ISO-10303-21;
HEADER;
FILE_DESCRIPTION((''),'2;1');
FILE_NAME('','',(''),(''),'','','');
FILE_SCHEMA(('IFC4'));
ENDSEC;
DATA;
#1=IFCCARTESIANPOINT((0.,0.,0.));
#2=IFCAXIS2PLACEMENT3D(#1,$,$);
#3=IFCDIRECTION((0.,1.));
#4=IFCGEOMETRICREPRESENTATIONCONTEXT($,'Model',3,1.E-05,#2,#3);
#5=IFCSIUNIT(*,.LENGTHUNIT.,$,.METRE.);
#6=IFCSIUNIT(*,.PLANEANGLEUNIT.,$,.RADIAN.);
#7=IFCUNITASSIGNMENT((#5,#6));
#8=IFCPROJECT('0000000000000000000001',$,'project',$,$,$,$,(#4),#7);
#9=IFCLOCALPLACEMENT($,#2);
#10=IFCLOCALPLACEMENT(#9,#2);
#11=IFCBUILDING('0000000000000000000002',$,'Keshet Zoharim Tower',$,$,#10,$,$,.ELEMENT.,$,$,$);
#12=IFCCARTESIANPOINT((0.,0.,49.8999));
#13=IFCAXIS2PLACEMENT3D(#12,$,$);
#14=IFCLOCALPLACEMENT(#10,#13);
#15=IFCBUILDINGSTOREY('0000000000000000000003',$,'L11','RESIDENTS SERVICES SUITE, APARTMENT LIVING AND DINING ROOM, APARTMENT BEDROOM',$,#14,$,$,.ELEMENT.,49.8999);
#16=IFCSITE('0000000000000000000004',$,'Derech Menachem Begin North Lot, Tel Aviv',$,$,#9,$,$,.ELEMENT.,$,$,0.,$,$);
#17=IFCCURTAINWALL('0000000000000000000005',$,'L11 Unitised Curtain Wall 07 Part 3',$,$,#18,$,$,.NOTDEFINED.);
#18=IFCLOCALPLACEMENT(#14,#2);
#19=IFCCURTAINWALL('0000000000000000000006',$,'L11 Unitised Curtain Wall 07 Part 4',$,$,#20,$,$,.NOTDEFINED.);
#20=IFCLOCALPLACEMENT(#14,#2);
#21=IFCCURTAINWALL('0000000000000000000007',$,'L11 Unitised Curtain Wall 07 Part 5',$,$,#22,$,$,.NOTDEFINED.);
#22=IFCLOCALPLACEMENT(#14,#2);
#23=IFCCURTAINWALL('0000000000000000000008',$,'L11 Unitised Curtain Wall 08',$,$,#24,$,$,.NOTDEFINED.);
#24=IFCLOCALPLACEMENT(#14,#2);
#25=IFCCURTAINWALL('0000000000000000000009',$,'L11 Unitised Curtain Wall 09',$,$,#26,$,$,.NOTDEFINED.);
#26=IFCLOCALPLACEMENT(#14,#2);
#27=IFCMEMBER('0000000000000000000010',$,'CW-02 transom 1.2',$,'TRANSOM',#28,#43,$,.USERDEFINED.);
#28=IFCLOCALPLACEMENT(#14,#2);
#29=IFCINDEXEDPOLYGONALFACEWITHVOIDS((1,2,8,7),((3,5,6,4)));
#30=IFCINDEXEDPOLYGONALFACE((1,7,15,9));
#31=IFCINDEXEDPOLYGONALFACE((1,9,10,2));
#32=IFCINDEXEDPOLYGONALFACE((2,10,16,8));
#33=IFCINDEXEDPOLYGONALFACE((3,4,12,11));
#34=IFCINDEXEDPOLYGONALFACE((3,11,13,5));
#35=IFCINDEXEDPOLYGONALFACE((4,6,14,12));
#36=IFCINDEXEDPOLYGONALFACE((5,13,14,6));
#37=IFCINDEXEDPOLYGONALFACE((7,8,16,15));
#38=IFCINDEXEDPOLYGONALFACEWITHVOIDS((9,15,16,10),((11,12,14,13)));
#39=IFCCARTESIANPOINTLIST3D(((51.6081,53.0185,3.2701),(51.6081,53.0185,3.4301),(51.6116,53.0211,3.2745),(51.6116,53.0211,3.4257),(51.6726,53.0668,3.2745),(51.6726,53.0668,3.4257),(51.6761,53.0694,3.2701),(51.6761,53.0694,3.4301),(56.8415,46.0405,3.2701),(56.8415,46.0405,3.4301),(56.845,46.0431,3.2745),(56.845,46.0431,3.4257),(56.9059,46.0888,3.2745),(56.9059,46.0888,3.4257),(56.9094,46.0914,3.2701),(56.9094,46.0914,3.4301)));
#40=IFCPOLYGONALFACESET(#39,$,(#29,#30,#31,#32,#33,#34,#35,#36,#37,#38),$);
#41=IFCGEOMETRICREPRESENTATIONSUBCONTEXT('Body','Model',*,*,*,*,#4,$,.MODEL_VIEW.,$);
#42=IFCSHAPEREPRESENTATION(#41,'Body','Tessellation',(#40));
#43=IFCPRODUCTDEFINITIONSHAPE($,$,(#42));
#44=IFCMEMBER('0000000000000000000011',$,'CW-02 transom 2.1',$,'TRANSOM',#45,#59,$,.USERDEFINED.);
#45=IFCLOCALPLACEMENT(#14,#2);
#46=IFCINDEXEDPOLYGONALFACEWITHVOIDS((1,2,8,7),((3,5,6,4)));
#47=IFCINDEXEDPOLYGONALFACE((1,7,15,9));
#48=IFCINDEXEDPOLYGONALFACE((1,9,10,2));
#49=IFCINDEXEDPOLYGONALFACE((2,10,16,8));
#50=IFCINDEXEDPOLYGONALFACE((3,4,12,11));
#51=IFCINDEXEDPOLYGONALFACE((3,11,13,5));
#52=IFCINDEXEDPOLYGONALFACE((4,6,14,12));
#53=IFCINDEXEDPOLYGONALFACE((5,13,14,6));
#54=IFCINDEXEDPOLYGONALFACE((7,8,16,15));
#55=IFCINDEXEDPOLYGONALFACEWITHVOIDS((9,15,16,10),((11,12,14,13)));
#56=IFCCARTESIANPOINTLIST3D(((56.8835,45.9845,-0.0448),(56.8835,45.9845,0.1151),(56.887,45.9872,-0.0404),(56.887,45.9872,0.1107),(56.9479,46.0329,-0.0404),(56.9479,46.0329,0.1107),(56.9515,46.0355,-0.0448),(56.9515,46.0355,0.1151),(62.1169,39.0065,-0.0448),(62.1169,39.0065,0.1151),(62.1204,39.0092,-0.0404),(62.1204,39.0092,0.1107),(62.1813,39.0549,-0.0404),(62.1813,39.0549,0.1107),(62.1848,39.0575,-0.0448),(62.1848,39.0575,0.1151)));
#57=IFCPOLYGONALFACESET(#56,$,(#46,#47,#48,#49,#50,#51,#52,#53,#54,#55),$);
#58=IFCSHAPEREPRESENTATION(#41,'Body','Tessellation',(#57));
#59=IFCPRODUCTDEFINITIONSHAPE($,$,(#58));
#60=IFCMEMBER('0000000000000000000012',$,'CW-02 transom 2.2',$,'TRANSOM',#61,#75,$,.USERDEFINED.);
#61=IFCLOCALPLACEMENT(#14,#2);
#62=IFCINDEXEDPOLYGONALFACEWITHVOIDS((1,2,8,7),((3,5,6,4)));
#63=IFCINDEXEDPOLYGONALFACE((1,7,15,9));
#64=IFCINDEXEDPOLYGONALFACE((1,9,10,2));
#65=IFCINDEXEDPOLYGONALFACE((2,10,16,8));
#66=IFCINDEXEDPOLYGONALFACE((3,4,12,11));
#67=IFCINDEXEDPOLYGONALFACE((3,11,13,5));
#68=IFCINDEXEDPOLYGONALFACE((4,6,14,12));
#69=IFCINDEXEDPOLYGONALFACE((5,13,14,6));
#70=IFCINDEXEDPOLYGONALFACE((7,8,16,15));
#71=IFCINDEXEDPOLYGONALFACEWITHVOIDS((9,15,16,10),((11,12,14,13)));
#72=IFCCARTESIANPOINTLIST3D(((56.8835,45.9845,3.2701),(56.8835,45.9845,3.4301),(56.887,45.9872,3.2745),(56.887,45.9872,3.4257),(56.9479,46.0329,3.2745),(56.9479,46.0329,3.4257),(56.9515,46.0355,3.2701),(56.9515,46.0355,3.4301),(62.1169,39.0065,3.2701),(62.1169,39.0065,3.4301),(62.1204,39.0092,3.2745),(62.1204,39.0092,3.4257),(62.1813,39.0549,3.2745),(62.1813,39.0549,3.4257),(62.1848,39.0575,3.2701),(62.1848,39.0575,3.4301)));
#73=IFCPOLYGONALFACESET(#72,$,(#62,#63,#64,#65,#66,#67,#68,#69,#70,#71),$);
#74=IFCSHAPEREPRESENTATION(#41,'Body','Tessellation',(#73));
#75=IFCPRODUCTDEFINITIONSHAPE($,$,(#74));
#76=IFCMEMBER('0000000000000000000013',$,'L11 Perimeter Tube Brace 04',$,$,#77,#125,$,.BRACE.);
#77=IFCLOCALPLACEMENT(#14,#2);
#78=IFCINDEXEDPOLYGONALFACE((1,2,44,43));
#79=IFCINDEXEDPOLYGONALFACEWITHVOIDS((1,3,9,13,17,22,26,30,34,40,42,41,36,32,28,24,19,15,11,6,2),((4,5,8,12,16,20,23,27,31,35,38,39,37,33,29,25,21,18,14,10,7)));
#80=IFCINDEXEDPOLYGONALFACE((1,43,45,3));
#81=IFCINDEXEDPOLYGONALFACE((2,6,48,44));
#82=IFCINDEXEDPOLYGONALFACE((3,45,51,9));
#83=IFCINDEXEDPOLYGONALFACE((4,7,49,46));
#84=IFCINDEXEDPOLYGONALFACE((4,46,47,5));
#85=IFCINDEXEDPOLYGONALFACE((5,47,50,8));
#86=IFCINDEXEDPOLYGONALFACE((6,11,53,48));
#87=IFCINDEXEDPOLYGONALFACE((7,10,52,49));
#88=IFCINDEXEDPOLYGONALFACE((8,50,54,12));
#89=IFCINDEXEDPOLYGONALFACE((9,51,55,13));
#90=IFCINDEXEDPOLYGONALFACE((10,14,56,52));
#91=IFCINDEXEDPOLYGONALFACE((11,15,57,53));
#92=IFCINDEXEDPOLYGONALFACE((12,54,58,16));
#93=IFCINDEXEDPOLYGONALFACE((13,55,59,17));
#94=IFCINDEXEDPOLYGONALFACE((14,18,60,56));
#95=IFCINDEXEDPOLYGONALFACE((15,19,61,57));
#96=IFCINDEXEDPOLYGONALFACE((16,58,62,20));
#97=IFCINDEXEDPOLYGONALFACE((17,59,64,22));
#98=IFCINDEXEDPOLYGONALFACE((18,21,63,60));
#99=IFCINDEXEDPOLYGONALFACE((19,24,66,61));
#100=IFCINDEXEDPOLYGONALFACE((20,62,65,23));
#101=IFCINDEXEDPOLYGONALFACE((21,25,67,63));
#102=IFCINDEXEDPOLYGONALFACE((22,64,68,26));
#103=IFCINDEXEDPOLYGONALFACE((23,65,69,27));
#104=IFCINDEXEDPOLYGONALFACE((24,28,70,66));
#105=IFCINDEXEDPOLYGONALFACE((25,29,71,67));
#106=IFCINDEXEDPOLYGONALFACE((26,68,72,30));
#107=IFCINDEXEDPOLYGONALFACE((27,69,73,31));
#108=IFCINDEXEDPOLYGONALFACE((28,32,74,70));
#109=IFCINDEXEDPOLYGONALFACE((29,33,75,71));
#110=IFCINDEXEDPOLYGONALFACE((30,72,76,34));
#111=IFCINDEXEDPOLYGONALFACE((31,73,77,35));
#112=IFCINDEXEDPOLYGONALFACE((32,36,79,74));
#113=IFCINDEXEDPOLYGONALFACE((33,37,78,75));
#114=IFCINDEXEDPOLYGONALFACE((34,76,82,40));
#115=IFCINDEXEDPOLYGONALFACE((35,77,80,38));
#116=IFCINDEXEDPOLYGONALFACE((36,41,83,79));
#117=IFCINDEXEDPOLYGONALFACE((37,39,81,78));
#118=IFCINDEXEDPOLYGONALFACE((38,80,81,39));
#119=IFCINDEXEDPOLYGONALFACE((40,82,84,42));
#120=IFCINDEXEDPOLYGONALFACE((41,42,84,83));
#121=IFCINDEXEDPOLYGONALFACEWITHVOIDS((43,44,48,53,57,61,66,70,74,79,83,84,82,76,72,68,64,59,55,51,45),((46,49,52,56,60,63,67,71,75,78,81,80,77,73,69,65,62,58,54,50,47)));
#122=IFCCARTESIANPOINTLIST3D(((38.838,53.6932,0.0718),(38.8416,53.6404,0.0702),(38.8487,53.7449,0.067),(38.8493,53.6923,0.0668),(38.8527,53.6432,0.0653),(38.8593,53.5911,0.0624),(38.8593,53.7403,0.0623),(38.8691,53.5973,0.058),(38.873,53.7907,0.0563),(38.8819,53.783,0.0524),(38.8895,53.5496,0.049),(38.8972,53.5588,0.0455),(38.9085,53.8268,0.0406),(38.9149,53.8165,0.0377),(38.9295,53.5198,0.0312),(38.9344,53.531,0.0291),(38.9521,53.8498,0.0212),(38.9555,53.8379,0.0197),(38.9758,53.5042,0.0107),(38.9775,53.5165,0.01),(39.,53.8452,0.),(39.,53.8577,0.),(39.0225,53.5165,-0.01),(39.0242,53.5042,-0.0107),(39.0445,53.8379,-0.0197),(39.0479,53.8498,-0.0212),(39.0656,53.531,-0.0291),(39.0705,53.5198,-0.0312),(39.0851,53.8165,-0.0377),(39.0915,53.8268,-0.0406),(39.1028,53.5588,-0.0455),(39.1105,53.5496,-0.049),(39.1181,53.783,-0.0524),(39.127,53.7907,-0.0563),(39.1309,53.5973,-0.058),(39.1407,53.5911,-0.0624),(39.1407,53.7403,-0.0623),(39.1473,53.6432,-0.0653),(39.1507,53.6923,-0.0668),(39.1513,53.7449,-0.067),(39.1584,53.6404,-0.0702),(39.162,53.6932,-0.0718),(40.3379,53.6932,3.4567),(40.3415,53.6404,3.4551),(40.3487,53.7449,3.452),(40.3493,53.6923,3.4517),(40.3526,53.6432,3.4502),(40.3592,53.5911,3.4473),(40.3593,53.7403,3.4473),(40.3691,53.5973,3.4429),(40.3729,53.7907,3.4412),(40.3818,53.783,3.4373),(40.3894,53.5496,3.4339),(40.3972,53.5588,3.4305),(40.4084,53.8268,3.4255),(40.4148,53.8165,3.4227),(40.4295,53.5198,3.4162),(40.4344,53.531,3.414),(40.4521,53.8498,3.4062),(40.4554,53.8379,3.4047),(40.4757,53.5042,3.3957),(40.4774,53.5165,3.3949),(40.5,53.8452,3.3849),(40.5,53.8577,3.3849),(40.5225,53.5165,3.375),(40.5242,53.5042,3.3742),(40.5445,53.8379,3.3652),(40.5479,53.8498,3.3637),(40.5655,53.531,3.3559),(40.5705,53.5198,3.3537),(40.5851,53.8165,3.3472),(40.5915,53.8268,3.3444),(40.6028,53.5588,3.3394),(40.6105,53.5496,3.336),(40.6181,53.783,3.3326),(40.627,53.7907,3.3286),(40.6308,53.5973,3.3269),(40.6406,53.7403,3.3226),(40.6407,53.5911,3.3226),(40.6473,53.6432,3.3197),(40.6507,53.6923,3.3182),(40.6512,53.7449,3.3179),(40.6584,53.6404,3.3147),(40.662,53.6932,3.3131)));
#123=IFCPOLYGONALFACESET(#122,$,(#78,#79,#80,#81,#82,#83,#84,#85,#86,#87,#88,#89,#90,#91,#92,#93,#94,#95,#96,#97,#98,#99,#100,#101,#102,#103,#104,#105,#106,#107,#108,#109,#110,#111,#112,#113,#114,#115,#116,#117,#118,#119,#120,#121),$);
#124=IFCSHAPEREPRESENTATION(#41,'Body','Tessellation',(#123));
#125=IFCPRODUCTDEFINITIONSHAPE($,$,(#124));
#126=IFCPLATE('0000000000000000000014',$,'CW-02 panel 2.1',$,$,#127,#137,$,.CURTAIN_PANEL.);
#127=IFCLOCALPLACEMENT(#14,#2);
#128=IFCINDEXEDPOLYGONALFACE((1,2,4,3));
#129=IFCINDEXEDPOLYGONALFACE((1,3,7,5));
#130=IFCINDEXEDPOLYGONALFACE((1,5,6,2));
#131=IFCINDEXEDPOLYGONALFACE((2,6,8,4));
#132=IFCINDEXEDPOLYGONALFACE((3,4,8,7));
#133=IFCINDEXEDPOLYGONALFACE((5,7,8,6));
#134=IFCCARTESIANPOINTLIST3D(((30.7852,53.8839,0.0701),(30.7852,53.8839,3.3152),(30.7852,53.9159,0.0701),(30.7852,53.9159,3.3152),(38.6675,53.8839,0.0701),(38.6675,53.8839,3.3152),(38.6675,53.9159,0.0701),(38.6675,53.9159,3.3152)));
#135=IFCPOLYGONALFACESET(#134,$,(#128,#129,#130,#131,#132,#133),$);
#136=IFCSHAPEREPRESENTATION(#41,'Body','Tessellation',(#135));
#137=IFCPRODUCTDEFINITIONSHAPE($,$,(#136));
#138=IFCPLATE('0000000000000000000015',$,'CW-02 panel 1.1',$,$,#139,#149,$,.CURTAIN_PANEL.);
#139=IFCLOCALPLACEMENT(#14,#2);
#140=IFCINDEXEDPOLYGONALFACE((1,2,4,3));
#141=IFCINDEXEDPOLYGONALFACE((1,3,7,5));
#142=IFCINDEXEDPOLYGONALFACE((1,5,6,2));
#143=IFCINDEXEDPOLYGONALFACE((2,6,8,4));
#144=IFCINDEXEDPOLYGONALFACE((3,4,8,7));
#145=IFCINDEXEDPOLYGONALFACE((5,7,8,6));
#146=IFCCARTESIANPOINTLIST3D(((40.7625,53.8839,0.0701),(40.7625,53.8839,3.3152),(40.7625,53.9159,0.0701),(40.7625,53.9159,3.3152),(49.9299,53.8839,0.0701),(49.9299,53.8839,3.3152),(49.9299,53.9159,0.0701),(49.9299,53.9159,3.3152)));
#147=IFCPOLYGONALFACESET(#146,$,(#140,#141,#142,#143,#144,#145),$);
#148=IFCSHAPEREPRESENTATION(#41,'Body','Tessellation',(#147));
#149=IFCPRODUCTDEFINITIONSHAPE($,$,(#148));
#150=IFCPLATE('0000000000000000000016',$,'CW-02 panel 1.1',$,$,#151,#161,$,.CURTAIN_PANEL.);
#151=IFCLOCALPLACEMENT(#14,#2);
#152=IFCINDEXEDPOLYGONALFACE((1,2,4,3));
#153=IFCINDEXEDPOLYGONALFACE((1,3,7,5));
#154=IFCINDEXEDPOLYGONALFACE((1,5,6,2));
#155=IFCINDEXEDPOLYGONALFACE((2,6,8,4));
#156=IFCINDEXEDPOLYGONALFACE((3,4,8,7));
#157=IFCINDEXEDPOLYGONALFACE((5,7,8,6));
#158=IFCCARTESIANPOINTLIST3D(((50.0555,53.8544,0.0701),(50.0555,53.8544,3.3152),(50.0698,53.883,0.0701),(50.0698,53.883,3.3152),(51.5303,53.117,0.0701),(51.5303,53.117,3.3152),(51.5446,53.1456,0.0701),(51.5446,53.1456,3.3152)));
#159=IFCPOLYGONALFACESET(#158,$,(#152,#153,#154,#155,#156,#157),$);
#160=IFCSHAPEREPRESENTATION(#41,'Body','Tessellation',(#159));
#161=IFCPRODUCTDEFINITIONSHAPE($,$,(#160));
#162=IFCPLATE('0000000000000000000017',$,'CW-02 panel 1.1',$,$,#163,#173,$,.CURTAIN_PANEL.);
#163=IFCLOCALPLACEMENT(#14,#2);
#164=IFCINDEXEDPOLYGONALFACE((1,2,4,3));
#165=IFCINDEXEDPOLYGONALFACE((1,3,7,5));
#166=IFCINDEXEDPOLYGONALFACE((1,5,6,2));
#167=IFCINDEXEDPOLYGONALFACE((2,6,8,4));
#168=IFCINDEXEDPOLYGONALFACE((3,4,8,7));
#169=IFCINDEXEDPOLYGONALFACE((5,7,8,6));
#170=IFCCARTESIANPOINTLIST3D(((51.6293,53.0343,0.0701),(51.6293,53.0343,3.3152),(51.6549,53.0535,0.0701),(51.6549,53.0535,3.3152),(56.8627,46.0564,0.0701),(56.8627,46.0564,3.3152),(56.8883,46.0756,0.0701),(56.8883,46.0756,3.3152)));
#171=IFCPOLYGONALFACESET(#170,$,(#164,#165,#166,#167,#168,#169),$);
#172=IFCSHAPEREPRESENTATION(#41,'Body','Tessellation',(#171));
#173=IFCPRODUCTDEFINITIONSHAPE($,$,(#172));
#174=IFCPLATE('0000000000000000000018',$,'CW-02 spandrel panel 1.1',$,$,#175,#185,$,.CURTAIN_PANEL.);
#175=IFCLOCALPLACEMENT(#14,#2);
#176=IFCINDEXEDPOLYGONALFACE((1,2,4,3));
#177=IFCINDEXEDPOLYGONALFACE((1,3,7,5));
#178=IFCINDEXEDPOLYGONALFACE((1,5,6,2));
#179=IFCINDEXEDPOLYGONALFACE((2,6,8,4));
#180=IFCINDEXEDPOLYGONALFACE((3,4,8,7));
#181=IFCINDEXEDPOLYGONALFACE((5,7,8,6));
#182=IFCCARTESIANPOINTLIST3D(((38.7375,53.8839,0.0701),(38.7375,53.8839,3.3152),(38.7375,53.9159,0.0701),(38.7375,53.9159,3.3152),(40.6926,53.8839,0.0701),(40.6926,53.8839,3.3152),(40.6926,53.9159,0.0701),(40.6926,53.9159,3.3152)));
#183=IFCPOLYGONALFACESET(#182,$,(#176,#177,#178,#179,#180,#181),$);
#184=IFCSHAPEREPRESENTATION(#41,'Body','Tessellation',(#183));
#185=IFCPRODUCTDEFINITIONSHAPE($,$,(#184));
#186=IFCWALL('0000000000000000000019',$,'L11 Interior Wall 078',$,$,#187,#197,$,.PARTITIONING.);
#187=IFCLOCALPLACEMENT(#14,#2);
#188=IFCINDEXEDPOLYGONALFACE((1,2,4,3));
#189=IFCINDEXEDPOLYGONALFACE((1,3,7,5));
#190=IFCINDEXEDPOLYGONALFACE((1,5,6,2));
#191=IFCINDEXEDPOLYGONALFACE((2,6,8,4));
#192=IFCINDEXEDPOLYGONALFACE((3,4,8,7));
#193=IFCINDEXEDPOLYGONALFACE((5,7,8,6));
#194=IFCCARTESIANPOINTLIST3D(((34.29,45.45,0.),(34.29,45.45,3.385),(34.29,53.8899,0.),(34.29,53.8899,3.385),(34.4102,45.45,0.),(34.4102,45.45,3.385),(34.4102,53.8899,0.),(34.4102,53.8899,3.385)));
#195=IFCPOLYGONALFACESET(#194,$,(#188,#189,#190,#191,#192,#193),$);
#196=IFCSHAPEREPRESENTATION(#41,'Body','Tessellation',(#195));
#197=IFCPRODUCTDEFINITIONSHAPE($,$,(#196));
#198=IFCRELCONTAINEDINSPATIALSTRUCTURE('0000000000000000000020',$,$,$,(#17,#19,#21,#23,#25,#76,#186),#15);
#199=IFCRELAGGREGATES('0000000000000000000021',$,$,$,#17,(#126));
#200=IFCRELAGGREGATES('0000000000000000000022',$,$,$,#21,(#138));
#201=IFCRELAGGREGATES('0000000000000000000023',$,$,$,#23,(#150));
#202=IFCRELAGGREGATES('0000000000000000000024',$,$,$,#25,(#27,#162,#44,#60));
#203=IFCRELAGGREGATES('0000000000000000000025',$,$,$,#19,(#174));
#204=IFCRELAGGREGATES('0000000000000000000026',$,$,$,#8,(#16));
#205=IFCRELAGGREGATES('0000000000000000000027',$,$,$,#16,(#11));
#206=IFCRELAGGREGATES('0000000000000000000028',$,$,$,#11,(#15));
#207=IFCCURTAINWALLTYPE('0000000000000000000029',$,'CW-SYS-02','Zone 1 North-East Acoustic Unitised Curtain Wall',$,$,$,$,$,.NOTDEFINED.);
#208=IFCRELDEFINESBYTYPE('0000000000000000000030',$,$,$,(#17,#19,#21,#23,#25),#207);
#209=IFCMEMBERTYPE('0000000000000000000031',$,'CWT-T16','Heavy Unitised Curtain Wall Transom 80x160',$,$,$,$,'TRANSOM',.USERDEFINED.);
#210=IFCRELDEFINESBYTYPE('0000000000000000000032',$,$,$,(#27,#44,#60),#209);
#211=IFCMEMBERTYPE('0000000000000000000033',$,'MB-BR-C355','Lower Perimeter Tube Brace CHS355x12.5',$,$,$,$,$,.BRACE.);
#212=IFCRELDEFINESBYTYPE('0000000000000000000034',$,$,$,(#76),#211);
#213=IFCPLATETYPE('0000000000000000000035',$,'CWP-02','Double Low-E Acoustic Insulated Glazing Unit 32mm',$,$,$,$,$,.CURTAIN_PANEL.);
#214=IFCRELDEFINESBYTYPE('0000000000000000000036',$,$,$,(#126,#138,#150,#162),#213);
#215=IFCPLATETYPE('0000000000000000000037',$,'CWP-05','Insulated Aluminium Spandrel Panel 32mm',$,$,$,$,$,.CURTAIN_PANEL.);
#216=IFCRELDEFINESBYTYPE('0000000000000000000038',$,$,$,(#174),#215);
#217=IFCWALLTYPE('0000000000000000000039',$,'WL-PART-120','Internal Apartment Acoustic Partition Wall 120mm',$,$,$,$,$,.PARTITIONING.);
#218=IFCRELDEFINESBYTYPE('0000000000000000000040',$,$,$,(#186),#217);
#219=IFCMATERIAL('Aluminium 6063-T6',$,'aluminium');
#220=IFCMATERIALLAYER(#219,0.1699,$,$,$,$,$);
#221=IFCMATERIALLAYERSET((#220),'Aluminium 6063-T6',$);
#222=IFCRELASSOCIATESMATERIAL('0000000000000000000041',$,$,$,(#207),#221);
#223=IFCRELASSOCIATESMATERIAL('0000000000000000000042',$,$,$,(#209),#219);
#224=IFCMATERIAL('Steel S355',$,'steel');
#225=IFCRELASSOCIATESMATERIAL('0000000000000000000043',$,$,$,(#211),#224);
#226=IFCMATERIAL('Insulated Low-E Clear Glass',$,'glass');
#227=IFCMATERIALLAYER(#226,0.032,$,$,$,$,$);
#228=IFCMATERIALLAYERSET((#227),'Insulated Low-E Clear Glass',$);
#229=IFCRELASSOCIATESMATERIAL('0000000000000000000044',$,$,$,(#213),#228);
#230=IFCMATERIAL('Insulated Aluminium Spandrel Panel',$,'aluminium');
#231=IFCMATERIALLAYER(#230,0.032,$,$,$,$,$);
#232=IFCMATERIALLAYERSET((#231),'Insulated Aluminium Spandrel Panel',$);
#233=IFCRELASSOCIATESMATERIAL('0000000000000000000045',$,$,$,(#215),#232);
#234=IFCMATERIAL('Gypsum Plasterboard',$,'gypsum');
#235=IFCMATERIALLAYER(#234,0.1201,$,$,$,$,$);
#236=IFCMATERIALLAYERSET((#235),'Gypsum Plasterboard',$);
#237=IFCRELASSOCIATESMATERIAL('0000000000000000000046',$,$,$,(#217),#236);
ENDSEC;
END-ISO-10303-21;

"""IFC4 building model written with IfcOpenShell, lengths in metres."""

from ifc_helpers import new_model, si_unit, direction, frame, frame_2d, origin, origin_2d, place, context, subcontext, project, spatial, rectangle, hollow_rectangle, hollow_circle, extrude, material, layer, layer_set, material_profile, profile_set, type_object, element, aggregate, save


model = new_model("IFC4")

# Units and contexts
model_context = context("Model", 3, precision=1e-05, world=origin(), true_north=direction((0.0, 1.0)))
body_context = subcontext(model_context, "Body", "Model", "MODEL_VIEW")
ifc_project = project(units=[si_unit("LENGTHUNIT", "METRE"), si_unit("PLANEANGLEUNIT", "RADIAN")], contexts=[model_context])

# Site, building, storey
site_placement = place(None, origin())
site = spatial("IfcSite", under=ifc_project, at=site_placement, Name="Derech Menachem Begin North Lot, Tel Aviv", CompositionType="ELEMENT", RefElevation=0.0)
building_placement = place(site_placement, origin())
building = spatial("IfcBuilding", under=site, at=building_placement, Name="Keshet Zoharim Tower", CompositionType="ELEMENT")
storey_placement = place(building_placement, frame((0.0, 0.0, 49.8999)))
storey = spatial("IfcBuildingStorey", under=building, at=storey_placement, Name="L11", Description="RESIDENTS SERVICES SUITE, APARTMENT LIVING AND DINING ROOM, APARTMENT BEDROOM", CompositionType="ELEMENT", Elevation=49.8999)

# Shared definitions
ifc_material_1 = material(Name="Steel S355", Category="steel")

# Curtain walls
ifc_material_2 = material(Name="Aluminium 6063-T6", Category="aluminium")
ifc_layer_1 = layer(ifc_material_2, 0.1699)
ifc_layer_set_1 = layer_set([ifc_layer_1], Name="Aluminium 6063-T6")
curtain_wall_type = type_object("IfcCurtainWallType", Name="CW-SYS-02", Description="Zone 1 North-East Acoustic Unitised Curtain Wall", PredefinedType="NOTDEFINED", material=ifc_layer_set_1)
curtain_wall_1_placement = place(storey_placement, origin())
curtain_wall_1 = element("IfcCurtainWall", 1, at=curtain_wall_1_placement, inside=storey, type_object=curtain_wall_type, Name="L11 Unitised Curtain Wall 07 Part 3", PredefinedType="NOTDEFINED")
curtain_wall_2_placement = place(storey_placement, origin())
curtain_wall_2 = element("IfcCurtainWall", 2, at=curtain_wall_2_placement, inside=storey, type_object=curtain_wall_type, Name="L11 Unitised Curtain Wall 07 Part 4", PredefinedType="NOTDEFINED")
curtain_wall_3_placement = place(storey_placement, origin())
curtain_wall_3 = element("IfcCurtainWall", 3, at=curtain_wall_3_placement, inside=storey, type_object=curtain_wall_type, Name="L11 Unitised Curtain Wall 07 Part 5", PredefinedType="NOTDEFINED")

# Curtain walls
curtain_wall_4_placement = place(storey_placement, origin())
curtain_wall_4 = element("IfcCurtainWall", 4, at=curtain_wall_4_placement, inside=storey, type_object=curtain_wall_type, Name="L11 Unitised Curtain Wall 08", PredefinedType="NOTDEFINED")
curtain_wall_5_placement = place(storey_placement, origin())
curtain_wall_5 = element("IfcCurtainWall", 5, at=curtain_wall_5_placement, inside=storey, type_object=curtain_wall_type, Name="L11 Unitised Curtain Wall 09", PredefinedType="NOTDEFINED")

# Members
ifc_material_profile_1 = material_profile(ifc_material_2, hollow_rectangle(XDim=0.085, YDim=0.1599, WallThickness=0.0044, at=origin_2d()), Name="TRN-85x160")
ifc_profile_set_1 = profile_set([ifc_material_profile_1], Name="Aluminium 6063-T6")
member_type_1 = type_object("IfcMemberType", Name="CWT-T16", Description="Heavy Unitised Curtain Wall Transom 80x160", ElementType="TRANSOM", PredefinedType="USERDEFINED", material=ifc_profile_set_1)
member_1_placement = place(storey_placement, frame((51.6421, 53.0439, 3.3501), z_axis=(0.599991, -0.800007, 0.0), x_axis=(0.800007, 0.599991, 0.0)))
member_1 = element("IfcMember", 6, at=member_1_placement, type_object=member_type_1, Name="CW-02 transom 1.2", ObjectType="TRANSOM", PredefinedType="USERDEFINED", context=body_context, shape_type="SweptSolid", body=[
    extrude(hollow_rectangle(XDim=0.085, YDim=0.1599, WallThickness=0.0044, at=origin_2d()), origin(), (0.0, 0.0, 1.0), 8.7224),
])
member_2_placement = place(storey_placement, frame((56.9175, 46.01, 0.0352), z_axis=(0.599991, -0.800007, 0.0), x_axis=(0.800007, 0.599991, 0.0)))
member_2 = element("IfcMember", 7, at=member_2_placement, type_object=member_type_1, Name="CW-02 transom 2.1", ObjectType="TRANSOM", PredefinedType="USERDEFINED", context=body_context, shape_type="SweptSolid", body=[
    extrude(hollow_rectangle(XDim=0.085, YDim=0.1599, WallThickness=0.0044, at=origin_2d()), origin(), (0.0, 0.0, 1.0), 8.7224),
])
member_3_placement = place(storey_placement, frame((56.9175, 46.01, 3.3501), z_axis=(0.599991, -0.800007, 0.0), x_axis=(0.800007, 0.599991, 0.0)))
member_3 = element("IfcMember", 8, at=member_3_placement, type_object=member_type_1, Name="CW-02 transom 2.2", ObjectType="TRANSOM", PredefinedType="USERDEFINED", context=body_context, shape_type="SweptSolid", body=[
    extrude(hollow_rectangle(XDim=0.085, YDim=0.1599, WallThickness=0.0044, at=origin_2d()), origin(), (0.0, 0.0, 1.0), 8.7224),
])
ifc_material_profile_2 = material_profile(ifc_material_1, hollow_circle(Radius=0.1777, WallThickness=0.0125, at=origin_2d()), Name="CHS355x12.5")
ifc_profile_set_2 = profile_set([ifc_material_profile_2], Name="Steel S355")
member_type_2 = type_object("IfcMemberType", Name="MB-BR-C355", Description="Lower Perimeter Tube Brace CHS355x12.5", PredefinedType="BRACE", material=ifc_profile_set_2)
member_4_placement = place(storey_placement, frame((39.0, 53.6799, 0.0), z_axis=(0.405135, 0.0, 0.914257), x_axis=(0.0, 1.0, 0.0)))
element("IfcMember", 9, at=member_4_placement, inside=storey, type_object=member_type_2, Name="L11 Perimeter Tube Brace 04", PredefinedType="BRACE", context=body_context, shape_type="SweptSolid", body=[
    extrude(hollow_circle(Radius=0.1777, WallThickness=0.0125, at=origin_2d()), origin(), (0.0, 0.0, 1.0), 3.7024),
])

# Plates
ifc_material_3 = material(Name="Insulated Low-E Clear Glass", Category="glass")
ifc_layer_2 = layer(ifc_material_3, 0.032)
ifc_layer_set_2 = layer_set([ifc_layer_2], Name="Insulated Low-E Clear Glass")
plate_type_1 = type_object("IfcPlateType", Name="CWP-02", Description="Double Low-E Acoustic Insulated Glazing Unit 32mm", PredefinedType="CURTAIN_PANEL", material=ifc_layer_set_2)
plate_1_placement = place(storey_placement, frame((34.7263, 53.8999, 0.0701), z_axis=(0.0, 0.0, 1.0), x_axis=(1.0, 0.0, 0.0)))
plate_1 = element("IfcPlate", 10, at=plate_1_placement, type_object=plate_type_1, Name="CW-02 panel 2.1", PredefinedType="CURTAIN_PANEL", context=body_context, shape_type="SweptSolid", body=[
    extrude(rectangle(XDim=7.8823, YDim=0.032, at=origin_2d()), origin(), (0.0, 0.0, 1.0), 3.2451),
])
aggregate(curtain_wall_1, [plate_1])
plate_2_placement = place(storey_placement, frame((45.3462, 53.8999, 0.0701), z_axis=(0.0, 0.0, 1.0), x_axis=(1.0, 0.0, 0.0)))
plate_2 = element("IfcPlate", 11, at=plate_2_placement, type_object=plate_type_1, Name="CW-02 panel 1.1", PredefinedType="CURTAIN_PANEL", context=body_context, shape_type="SweptSolid", body=[
    extrude(rectangle(XDim=9.1675, YDim=0.032, at=origin_2d()), origin(), (0.0, 0.0, 1.0), 3.2451),
])
aggregate(curtain_wall_3, [plate_2])
plate_3_placement = place(storey_placement, frame((50.8, 53.5, 0.0701), z_axis=(0.0, 0.0, 1.0), x_axis=(0.894427, -0.447214, 0.0)))
plate_3 = element("IfcPlate", 12, at=plate_3_placement, type_object=plate_type_1, Name="CW-02 panel 1.1", PredefinedType="CURTAIN_PANEL", context=body_context, shape_type="SweptSolid", body=[
    extrude(rectangle(XDim=1.6489, YDim=0.032, at=origin_2d()), origin(), (0.0, 0.0, 1.0), 3.2451),
])
aggregate(curtain_wall_4, [plate_3])
plate_4_placement = place(storey_placement, frame((54.2588, 49.5549, 0.0701), z_axis=(0.0, 0.0, 1.0), x_axis=(0.6, -0.8, 0.0)))
plate_4 = element("IfcPlate", 13, at=plate_4_placement, type_object=plate_type_1, Name="CW-02 panel 1.1", PredefinedType="CURTAIN_PANEL", context=body_context, shape_type="SweptSolid", body=[
    extrude(rectangle(XDim=8.7224, YDim=0.032, at=origin_2d()), origin(), (0.0, 0.0, 1.0), 3.2451),
])
aggregate(curtain_wall_5, [member_1, plate_4, member_2, member_3])
ifc_material_4 = material(Name="Insulated Aluminium Spandrel Panel", Category="aluminium")
ifc_layer_3 = layer(ifc_material_4, 0.032)
ifc_layer_set_3 = layer_set([ifc_layer_3], Name="Insulated Aluminium Spandrel Panel")
plate_type_2 = type_object("IfcPlateType", Name="CWP-05", Description="Insulated Aluminium Spandrel Panel 32mm", PredefinedType="CURTAIN_PANEL", material=ifc_layer_set_3)
plate_5_placement = place(storey_placement, frame((39.7151, 53.8999, 0.0701), z_axis=(0.0, 0.0, 1.0), x_axis=(1.0, 0.0, 0.0)))
plate_5 = element("IfcPlate", 14, at=plate_5_placement, type_object=plate_type_2, Name="CW-02 spandrel panel 1.1", PredefinedType="CURTAIN_PANEL", context=body_context, shape_type="SweptSolid", body=[
    extrude(rectangle(XDim=1.9551, YDim=0.032, at=origin_2d()), origin(), (0.0, 0.0, 1.0), 3.2451),
])
aggregate(curtain_wall_2, [plate_5])

# Wall
ifc_material_5 = material(Name="Gypsum Plasterboard", Category="gypsum")
ifc_layer_4 = layer(ifc_material_5, 0.1201)
ifc_layer_set_4 = layer_set([ifc_layer_4], Name="Gypsum Plasterboard")
wall_type_1 = type_object("IfcWallType", Name="WL-PART-120", Description="Internal Apartment Acoustic Partition Wall 120mm", PredefinedType="PARTITIONING", material=ifc_layer_set_4)
for number, where, z_axis, x_axis, name in (
    (15, (34.3501, 45.45, 0.0), (0.0, 0.0, 1.0), (0.0, 1.0, 0.0), "L11 Interior Wall 078"),
):
    element("IfcWall", number, at=place(storey_placement, frame(where, z_axis=z_axis, x_axis=x_axis)), inside=storey, type_object=wall_type_1, Name=name, PredefinedType="PARTITIONING", context=body_context, shape_type="SweptSolid", body=[
        extrude(rectangle(XDim=8.4399, YDim=0.1201, at=frame_2d((4.22, 0.0))), origin(), (0.0, 0.0, 1.0), 3.385),
    ])

save(model, "model.ifc")
